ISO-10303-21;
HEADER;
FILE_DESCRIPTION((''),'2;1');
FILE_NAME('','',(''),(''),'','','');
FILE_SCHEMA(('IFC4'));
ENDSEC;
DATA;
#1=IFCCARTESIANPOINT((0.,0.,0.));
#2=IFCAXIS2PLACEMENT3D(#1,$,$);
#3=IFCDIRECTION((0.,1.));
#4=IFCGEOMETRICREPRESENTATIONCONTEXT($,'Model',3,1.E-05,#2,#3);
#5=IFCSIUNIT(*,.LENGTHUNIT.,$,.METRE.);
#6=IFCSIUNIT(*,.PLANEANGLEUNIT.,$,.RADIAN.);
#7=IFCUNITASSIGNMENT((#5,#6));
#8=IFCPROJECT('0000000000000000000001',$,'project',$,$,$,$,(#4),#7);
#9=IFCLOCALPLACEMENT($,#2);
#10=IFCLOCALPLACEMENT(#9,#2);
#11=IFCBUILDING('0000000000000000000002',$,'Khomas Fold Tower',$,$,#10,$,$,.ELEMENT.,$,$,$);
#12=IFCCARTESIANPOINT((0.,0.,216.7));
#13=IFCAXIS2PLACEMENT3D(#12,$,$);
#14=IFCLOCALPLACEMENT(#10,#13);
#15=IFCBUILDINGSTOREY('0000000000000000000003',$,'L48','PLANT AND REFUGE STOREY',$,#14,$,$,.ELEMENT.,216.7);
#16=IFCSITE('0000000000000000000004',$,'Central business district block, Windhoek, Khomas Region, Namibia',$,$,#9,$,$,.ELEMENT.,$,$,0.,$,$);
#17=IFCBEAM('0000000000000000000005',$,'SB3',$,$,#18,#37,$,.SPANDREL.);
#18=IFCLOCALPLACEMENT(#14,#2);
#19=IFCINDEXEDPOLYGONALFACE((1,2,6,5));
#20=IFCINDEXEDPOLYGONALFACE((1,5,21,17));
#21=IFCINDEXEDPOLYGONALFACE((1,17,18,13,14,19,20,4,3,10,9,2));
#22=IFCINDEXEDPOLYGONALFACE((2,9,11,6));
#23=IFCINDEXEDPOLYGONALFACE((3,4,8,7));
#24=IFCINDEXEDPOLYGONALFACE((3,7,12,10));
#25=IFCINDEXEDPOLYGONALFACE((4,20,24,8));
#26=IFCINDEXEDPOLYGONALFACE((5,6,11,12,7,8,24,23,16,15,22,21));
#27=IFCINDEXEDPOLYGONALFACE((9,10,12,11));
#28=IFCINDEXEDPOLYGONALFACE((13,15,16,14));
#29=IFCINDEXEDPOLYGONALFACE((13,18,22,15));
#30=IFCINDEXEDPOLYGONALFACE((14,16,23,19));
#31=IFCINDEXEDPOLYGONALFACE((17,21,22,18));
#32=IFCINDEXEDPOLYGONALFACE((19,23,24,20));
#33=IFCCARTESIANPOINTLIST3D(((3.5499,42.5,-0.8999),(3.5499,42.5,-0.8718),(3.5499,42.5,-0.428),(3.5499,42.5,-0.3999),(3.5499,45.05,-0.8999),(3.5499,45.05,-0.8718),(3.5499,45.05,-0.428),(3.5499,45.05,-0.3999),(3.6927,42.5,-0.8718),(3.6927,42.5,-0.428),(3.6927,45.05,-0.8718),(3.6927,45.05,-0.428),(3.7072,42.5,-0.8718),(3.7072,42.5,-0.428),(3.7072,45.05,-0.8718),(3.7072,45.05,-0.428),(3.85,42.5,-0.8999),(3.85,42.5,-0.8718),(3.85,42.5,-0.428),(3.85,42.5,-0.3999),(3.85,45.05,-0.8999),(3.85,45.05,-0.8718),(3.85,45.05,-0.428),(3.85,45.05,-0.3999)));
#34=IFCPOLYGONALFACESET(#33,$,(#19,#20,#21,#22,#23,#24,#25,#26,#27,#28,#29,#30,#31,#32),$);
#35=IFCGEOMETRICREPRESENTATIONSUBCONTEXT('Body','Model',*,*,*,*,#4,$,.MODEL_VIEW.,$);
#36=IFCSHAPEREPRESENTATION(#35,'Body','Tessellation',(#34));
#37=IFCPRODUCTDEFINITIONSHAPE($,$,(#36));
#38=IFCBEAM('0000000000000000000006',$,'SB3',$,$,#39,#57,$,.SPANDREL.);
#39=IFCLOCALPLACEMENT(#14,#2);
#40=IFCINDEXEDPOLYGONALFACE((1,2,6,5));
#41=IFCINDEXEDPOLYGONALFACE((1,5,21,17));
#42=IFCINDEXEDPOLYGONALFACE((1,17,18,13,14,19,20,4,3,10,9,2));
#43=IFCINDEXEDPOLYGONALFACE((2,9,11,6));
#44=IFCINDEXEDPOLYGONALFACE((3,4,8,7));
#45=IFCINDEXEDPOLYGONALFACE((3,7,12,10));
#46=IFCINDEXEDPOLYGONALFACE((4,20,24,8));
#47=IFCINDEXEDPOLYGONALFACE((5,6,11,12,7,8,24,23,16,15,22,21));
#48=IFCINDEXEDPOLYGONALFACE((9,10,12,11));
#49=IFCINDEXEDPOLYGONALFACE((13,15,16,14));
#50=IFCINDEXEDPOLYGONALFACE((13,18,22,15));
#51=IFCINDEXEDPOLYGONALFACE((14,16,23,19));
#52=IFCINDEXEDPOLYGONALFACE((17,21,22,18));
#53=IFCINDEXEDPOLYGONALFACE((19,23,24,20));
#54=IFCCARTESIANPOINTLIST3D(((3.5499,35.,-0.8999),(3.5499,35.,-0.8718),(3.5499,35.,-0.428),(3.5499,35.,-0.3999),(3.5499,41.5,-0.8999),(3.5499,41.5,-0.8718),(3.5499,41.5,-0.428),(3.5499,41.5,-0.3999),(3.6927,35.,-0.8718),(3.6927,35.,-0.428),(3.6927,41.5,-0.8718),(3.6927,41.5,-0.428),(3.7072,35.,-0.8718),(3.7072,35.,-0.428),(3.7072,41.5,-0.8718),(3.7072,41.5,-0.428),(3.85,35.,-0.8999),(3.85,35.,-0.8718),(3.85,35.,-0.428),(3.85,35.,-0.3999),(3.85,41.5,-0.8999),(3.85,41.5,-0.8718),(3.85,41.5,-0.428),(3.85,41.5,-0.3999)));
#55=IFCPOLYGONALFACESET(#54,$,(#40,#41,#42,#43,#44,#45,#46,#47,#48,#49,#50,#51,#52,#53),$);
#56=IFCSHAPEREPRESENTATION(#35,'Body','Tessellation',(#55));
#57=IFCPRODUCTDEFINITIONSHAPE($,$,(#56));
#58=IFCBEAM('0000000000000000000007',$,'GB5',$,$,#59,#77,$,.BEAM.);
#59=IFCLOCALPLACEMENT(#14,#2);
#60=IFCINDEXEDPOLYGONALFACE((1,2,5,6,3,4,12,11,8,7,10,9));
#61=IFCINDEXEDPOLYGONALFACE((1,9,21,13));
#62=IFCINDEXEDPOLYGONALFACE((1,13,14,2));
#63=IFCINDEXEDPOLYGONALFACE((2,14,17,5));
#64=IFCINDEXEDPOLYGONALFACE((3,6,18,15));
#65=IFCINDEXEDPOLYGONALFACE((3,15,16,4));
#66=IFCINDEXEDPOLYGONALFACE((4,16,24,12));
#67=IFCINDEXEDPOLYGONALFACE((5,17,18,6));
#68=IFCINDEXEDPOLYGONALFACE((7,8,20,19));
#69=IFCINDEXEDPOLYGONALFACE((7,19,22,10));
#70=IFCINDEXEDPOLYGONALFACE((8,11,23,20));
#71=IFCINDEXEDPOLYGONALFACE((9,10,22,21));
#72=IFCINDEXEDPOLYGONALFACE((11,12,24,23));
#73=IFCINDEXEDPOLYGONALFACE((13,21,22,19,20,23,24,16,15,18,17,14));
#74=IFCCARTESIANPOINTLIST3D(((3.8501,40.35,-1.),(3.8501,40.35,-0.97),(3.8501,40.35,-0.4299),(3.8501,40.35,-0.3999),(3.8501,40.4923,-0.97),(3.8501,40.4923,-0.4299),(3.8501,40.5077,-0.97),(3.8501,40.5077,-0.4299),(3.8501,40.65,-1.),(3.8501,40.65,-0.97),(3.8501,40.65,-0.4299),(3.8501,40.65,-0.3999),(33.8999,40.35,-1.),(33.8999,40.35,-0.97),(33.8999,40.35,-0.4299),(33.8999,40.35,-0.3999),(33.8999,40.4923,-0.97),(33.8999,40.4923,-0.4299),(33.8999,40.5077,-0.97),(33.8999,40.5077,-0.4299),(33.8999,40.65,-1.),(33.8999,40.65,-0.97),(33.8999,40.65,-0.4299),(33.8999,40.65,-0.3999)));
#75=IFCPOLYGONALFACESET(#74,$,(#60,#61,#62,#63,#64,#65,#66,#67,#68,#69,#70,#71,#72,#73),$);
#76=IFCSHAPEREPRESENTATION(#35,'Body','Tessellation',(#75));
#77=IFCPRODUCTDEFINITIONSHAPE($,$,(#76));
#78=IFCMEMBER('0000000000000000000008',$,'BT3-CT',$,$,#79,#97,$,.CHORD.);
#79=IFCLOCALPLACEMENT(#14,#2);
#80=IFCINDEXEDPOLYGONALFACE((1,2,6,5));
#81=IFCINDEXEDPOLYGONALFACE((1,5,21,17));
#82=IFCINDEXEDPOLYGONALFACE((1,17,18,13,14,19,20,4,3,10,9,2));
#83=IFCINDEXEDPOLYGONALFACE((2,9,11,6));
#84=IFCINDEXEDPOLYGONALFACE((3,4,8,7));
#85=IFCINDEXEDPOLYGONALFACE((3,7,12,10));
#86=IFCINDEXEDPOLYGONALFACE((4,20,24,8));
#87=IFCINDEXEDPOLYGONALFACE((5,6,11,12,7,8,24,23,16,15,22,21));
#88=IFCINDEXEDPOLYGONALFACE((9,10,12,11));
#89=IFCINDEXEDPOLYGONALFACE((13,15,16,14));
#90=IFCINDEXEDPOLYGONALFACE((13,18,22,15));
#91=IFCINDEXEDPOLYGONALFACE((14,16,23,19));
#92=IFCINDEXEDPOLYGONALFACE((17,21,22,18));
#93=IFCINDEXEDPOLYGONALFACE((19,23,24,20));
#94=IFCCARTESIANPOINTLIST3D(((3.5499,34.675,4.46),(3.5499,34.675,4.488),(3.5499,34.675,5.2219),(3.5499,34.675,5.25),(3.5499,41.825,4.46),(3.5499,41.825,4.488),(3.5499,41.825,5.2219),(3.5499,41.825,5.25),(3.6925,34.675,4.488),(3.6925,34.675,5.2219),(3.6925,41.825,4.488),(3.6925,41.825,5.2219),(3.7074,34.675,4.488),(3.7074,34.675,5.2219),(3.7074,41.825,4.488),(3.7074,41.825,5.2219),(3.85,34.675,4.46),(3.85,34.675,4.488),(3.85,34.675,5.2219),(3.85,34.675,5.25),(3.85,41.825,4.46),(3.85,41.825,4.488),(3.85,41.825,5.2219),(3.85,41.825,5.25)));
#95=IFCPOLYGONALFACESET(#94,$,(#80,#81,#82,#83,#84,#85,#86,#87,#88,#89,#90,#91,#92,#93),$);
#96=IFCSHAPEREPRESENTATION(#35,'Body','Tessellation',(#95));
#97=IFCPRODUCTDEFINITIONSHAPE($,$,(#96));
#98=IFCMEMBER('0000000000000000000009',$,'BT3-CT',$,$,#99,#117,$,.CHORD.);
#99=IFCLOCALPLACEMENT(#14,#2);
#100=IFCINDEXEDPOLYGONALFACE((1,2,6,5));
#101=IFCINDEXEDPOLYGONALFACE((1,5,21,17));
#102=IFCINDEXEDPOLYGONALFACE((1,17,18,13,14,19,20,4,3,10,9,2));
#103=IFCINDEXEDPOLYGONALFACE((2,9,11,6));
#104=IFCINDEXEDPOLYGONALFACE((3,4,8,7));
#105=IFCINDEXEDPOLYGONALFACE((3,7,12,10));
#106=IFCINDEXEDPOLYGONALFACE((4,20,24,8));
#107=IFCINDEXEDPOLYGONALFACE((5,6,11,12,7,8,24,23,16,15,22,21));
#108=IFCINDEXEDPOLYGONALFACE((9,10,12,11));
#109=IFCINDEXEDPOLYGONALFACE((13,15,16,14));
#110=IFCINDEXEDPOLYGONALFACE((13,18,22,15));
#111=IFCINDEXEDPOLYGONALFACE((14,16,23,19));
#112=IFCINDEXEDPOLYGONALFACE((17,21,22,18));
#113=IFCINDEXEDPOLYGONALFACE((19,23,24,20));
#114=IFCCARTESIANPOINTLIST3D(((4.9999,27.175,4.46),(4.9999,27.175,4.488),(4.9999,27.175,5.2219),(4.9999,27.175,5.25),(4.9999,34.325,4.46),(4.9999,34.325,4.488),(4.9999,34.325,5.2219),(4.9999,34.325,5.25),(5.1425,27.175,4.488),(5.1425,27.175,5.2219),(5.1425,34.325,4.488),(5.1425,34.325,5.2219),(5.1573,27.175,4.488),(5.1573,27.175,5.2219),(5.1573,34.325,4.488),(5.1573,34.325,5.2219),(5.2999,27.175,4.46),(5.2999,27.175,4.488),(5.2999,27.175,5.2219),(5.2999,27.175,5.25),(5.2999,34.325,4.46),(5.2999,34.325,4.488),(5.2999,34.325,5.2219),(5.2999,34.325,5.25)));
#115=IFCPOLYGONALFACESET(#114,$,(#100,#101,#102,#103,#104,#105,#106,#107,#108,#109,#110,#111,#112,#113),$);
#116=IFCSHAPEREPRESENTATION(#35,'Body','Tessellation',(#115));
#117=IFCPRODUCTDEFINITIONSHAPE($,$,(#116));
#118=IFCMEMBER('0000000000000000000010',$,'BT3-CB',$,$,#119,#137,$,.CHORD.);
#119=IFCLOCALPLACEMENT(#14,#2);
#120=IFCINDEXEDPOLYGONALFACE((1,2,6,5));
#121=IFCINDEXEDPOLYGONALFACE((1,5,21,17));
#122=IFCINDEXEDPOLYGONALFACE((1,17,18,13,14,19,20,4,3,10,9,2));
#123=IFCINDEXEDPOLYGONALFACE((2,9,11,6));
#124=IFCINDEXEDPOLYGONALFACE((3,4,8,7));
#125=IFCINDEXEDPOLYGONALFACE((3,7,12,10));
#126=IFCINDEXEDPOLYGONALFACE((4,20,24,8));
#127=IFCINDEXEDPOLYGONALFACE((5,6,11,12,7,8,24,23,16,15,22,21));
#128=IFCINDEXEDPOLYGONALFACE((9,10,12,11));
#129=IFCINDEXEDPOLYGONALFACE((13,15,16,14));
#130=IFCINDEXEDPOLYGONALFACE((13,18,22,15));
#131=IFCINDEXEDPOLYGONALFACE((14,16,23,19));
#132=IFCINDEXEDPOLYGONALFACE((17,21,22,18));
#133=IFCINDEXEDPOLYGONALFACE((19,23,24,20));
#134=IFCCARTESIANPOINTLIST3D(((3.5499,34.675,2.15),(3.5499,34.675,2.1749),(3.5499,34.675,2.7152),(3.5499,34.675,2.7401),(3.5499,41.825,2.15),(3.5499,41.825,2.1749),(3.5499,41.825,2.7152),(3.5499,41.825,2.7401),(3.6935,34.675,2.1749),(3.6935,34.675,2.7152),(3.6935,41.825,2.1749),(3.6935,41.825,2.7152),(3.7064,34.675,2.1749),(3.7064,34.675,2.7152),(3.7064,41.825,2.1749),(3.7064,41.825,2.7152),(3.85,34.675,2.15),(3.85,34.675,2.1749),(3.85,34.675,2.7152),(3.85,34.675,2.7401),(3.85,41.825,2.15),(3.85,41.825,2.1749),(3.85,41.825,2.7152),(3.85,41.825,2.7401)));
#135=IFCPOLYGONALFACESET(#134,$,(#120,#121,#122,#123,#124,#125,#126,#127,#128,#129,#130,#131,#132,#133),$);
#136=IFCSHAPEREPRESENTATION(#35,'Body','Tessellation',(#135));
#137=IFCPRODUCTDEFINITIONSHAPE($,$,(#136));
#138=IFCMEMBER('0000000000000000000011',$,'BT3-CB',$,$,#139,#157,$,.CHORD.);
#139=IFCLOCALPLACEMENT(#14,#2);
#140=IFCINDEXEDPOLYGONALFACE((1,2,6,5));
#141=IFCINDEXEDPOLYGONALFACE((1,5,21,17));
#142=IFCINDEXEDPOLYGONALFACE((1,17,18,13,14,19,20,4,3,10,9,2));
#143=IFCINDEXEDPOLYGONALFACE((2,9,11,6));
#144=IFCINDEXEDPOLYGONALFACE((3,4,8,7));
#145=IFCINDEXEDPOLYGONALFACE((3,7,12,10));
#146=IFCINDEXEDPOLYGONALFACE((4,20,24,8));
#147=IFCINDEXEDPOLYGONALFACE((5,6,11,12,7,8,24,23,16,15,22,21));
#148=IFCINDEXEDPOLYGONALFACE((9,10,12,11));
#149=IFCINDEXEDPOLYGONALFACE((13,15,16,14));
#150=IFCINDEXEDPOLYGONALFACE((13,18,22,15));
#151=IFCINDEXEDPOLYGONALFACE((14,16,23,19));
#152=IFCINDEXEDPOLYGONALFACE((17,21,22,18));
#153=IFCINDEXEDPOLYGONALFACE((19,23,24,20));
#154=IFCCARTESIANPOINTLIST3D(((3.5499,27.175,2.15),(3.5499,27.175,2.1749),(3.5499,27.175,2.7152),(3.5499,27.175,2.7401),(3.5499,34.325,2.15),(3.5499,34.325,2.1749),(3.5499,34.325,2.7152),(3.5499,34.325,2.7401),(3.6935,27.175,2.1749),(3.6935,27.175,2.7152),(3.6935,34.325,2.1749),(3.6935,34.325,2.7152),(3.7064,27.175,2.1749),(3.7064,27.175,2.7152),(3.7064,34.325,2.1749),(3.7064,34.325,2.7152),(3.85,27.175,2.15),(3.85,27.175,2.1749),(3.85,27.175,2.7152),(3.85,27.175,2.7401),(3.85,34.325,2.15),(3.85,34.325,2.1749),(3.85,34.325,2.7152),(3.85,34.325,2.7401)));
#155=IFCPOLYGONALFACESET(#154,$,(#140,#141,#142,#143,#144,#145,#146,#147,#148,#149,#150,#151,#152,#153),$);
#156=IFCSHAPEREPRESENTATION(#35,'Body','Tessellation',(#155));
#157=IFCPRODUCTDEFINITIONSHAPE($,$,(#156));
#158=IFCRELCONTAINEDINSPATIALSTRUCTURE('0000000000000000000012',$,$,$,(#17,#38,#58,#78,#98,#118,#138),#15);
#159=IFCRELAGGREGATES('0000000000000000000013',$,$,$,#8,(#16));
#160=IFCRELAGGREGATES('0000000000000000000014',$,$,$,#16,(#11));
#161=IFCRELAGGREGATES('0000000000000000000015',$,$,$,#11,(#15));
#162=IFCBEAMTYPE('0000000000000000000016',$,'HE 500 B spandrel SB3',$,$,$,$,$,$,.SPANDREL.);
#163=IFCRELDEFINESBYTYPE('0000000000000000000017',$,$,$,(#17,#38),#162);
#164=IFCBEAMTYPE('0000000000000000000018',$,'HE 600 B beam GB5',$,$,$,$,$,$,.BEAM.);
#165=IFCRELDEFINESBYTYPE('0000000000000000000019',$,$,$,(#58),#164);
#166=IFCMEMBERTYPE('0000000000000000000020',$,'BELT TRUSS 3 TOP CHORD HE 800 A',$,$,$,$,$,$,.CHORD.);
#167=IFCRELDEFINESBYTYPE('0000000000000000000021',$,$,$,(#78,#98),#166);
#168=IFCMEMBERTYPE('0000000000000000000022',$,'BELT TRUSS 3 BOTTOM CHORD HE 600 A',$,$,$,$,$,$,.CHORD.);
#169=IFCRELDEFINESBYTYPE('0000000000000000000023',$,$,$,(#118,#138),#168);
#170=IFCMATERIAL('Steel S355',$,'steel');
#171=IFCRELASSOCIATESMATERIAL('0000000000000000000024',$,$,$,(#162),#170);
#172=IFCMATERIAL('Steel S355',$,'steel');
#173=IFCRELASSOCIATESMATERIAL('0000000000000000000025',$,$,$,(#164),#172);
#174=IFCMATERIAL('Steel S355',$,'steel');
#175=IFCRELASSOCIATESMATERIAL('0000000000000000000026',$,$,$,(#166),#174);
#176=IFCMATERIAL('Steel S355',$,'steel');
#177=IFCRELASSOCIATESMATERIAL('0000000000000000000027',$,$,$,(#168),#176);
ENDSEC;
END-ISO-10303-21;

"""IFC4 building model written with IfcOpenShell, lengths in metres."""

from ifc_helpers import new_model, si_unit, direction, frame, origin, origin_2d, place, context, subcontext, project, spatial, i_section, extrude, source, transform, mapped, material, material_profile, profile_set, type_object, element, save


model = new_model("IFC4")

# Units and contexts
model_context = context("Model", 3, precision=1e-05, world=origin(), true_north=direction((0.0, 1.0)))
body_context = subcontext(model_context, "Body", "Model", "MODEL_VIEW")
ifc_project = project(units=[si_unit("LENGTHUNIT", "METRE"), si_unit("PLANEANGLEUNIT", "RADIAN")], contexts=[model_context])

# Site, building, storey
site_placement = place(None, origin())
site = spatial("IfcSite", under=ifc_project, at=site_placement, Name="Central business district block, Windhoek, Khomas Region, Namibia", CompositionType="ELEMENT", RefElevation=0.0)
building_placement = place(site_placement, origin())
building = spatial("IfcBuilding", under=site, at=building_placement, Name="Khomas Fold Tower", CompositionType="ELEMENT")
storey_placement = place(building_placement, frame((0.0, 0.0, 216.7)))
storey = spatial("IfcBuildingStorey", under=building, at=storey_placement, Name="L48", Description="PLANT AND REFUGE STOREY", CompositionType="ELEMENT", Elevation=216.7)

# Beams
ifc_material_1 = material(Name="Steel S355", Category="steel")
ifc_material_profile_1 = material_profile(ifc_material_1, i_section(OverallWidth=0.3, OverallDepth=0.5, WebThickness=0.0144, FlangeThickness=0.0281, at=origin_2d()), Name="HE 500 B")
ifc_profile_set_1 = profile_set([ifc_material_profile_1], Name="Steel S355")
beam_type_1 = type_object("IfcBeamType", Name="HE 500 B spandrel SB3", PredefinedType="SPANDREL", material=ifc_profile_set_1)
shared_shape_1 = source(origin(), body_context, "Body", "SweptSolid", [
    extrude(i_section(OverallWidth=0.3, OverallDepth=0.5, WebThickness=0.0144, FlangeThickness=0.0281, at=origin_2d()), origin(), (0.0, 0.0, 1.0), 2.55),
])
beam_1_placement = place(storey_placement, frame((3.7, 42.5, -0.6499), z_axis=(0.0, 1.0, 0.0), x_axis=(-1.0, 0.0, 0.0)))
element("IfcBeam", 1, at=beam_1_placement, inside=storey, type_object=beam_type_1, Name="SB3", PredefinedType="SPANDREL", context=body_context, shape_type="MappedRepresentation", body=[
    mapped(shared_shape_1, transform((0.0, 0.0, 0.0))),
])
shared_shape_2 = source(origin(), body_context, "Body", "SweptSolid", [
    extrude(i_section(OverallWidth=0.3, OverallDepth=0.5, WebThickness=0.0144, FlangeThickness=0.0281, at=origin_2d()), origin(), (0.0, 0.0, 1.0), 6.5),
])
beam_2_placement = place(storey_placement, frame((3.7, 35.0, -0.6499), z_axis=(0.0, 1.0, 0.0), x_axis=(-1.0, 0.0, 0.0)))
element("IfcBeam", 2, at=beam_2_placement, inside=storey, type_object=beam_type_1, Name="SB3", PredefinedType="SPANDREL", context=body_context, shape_type="MappedRepresentation", body=[
    mapped(shared_shape_2, transform((0.0, 0.0, 0.0))),
])
ifc_material_2 = material(Name="Steel S355", Category="steel")
ifc_material_profile_2 = material_profile(ifc_material_2, i_section(OverallWidth=0.3, OverallDepth=0.6001, WebThickness=0.0154, FlangeThickness=0.03, at=origin_2d()), Name="HE 600 B")
ifc_profile_set_2 = profile_set([ifc_material_profile_2], Name="Steel S355")
beam_type_2 = type_object("IfcBeamType", Name="HE 600 B beam GB5", PredefinedType="BEAM", material=ifc_profile_set_2)
shared_shape_3 = source(origin(), body_context, "Body", "SweptSolid", [
    extrude(i_section(OverallWidth=0.3, OverallDepth=0.6001, WebThickness=0.0154, FlangeThickness=0.03, at=origin_2d()), origin(), (0.0, 0.0, 1.0), 30.0498),
])
beam_3_placement = place(storey_placement, frame((3.8501, 40.5, -0.7), z_axis=(1.0, 0.0, 0.0), x_axis=(0.0, 1.0, 0.0)))
element("IfcBeam", 3, at=beam_3_placement, inside=storey, type_object=beam_type_2, Name="GB5", PredefinedType="BEAM", context=body_context, shape_type="MappedRepresentation", body=[
    mapped(shared_shape_3, transform((0.0, 0.0, 0.0))),
])

# Members
ifc_material_3 = material(Name="Steel S355", Category="steel")
ifc_material_profile_3 = material_profile(ifc_material_3, i_section(OverallWidth=0.3, OverallDepth=0.79, WebThickness=0.0149, FlangeThickness=0.0281, at=origin_2d()), Name="HE 800 A")
ifc_profile_set_3 = profile_set([ifc_material_profile_3], Name="Steel S355")
member_type_1 = type_object("IfcMemberType", Name="BELT TRUSS 3 TOP CHORD HE 800 A", PredefinedType="CHORD", material=ifc_profile_set_3)
shared_shape_4 = source(origin(), body_context, "Body", "SweptSolid", [
    extrude(i_section(OverallWidth=0.3, OverallDepth=0.79, WebThickness=0.0149, FlangeThickness=0.0281, at=origin_2d()), origin(), (0.0, 0.0, 1.0), 7.1499),
])
for number, where, z_axis, x_axis, name in (
    (4, (3.7, 41.825, 4.855), (0.0, -1.0, 0.0), (1.0, 0.0, 0.0), "BT3-CT"),
    (5, (5.1499, 34.325, 4.855), (0.0, -1.0, 0.0), (1.0, 0.0, 0.0), "BT3-CT"),
):
    element("IfcMember", number, at=place(storey_placement, frame(where, z_axis=z_axis, x_axis=x_axis)), inside=storey, type_object=member_type_1, Name=name, PredefinedType="CHORD", context=body_context, shape_type="MappedRepresentation", body=[
        mapped(shared_shape_4, transform((0.0, 0.0, 0.0))),
    ])
ifc_material_4 = material(Name="Steel S355", Category="steel")
ifc_material_profile_4 = material_profile(ifc_material_4, i_section(OverallWidth=0.3, OverallDepth=0.5901, WebThickness=0.0129, FlangeThickness=0.0249, at=origin_2d()), Name="HE 600 A")
ifc_profile_set_4 = profile_set([ifc_material_profile_4], Name="Steel S355")
member_type_2 = type_object("IfcMemberType", Name="BELT TRUSS 3 BOTTOM CHORD HE 600 A", PredefinedType="CHORD", material=ifc_profile_set_4)
shared_shape_5 = source(origin(), body_context, "Body", "SweptSolid", [
    extrude(i_section(OverallWidth=0.3, OverallDepth=0.5901, WebThickness=0.0129, FlangeThickness=0.0249, at=origin_2d()), origin(), (0.0, 0.0, 1.0), 7.1499),
])
for number, where, z_axis, x_axis, name in (
    (6, (3.7, 41.825, 2.4451), (0.0, -1.0, 0.0), (1.0, 0.0, 0.0), "BT3-CB"),
    (7, (3.7, 34.325, 2.4451), (0.0, -1.0, 0.0), (1.0, 0.0, 0.0), "BT3-CB"),
):
    element("IfcMember", number, at=place(storey_placement, frame(where, z_axis=z_axis, x_axis=x_axis)), inside=storey, type_object=member_type_2, Name=name, PredefinedType="CHORD", context=body_context, shape_type="MappedRepresentation", body=[
        mapped(shared_shape_5, transform((0.0, 0.0, 0.0))),
    ])

save(model, "model.ifc")
